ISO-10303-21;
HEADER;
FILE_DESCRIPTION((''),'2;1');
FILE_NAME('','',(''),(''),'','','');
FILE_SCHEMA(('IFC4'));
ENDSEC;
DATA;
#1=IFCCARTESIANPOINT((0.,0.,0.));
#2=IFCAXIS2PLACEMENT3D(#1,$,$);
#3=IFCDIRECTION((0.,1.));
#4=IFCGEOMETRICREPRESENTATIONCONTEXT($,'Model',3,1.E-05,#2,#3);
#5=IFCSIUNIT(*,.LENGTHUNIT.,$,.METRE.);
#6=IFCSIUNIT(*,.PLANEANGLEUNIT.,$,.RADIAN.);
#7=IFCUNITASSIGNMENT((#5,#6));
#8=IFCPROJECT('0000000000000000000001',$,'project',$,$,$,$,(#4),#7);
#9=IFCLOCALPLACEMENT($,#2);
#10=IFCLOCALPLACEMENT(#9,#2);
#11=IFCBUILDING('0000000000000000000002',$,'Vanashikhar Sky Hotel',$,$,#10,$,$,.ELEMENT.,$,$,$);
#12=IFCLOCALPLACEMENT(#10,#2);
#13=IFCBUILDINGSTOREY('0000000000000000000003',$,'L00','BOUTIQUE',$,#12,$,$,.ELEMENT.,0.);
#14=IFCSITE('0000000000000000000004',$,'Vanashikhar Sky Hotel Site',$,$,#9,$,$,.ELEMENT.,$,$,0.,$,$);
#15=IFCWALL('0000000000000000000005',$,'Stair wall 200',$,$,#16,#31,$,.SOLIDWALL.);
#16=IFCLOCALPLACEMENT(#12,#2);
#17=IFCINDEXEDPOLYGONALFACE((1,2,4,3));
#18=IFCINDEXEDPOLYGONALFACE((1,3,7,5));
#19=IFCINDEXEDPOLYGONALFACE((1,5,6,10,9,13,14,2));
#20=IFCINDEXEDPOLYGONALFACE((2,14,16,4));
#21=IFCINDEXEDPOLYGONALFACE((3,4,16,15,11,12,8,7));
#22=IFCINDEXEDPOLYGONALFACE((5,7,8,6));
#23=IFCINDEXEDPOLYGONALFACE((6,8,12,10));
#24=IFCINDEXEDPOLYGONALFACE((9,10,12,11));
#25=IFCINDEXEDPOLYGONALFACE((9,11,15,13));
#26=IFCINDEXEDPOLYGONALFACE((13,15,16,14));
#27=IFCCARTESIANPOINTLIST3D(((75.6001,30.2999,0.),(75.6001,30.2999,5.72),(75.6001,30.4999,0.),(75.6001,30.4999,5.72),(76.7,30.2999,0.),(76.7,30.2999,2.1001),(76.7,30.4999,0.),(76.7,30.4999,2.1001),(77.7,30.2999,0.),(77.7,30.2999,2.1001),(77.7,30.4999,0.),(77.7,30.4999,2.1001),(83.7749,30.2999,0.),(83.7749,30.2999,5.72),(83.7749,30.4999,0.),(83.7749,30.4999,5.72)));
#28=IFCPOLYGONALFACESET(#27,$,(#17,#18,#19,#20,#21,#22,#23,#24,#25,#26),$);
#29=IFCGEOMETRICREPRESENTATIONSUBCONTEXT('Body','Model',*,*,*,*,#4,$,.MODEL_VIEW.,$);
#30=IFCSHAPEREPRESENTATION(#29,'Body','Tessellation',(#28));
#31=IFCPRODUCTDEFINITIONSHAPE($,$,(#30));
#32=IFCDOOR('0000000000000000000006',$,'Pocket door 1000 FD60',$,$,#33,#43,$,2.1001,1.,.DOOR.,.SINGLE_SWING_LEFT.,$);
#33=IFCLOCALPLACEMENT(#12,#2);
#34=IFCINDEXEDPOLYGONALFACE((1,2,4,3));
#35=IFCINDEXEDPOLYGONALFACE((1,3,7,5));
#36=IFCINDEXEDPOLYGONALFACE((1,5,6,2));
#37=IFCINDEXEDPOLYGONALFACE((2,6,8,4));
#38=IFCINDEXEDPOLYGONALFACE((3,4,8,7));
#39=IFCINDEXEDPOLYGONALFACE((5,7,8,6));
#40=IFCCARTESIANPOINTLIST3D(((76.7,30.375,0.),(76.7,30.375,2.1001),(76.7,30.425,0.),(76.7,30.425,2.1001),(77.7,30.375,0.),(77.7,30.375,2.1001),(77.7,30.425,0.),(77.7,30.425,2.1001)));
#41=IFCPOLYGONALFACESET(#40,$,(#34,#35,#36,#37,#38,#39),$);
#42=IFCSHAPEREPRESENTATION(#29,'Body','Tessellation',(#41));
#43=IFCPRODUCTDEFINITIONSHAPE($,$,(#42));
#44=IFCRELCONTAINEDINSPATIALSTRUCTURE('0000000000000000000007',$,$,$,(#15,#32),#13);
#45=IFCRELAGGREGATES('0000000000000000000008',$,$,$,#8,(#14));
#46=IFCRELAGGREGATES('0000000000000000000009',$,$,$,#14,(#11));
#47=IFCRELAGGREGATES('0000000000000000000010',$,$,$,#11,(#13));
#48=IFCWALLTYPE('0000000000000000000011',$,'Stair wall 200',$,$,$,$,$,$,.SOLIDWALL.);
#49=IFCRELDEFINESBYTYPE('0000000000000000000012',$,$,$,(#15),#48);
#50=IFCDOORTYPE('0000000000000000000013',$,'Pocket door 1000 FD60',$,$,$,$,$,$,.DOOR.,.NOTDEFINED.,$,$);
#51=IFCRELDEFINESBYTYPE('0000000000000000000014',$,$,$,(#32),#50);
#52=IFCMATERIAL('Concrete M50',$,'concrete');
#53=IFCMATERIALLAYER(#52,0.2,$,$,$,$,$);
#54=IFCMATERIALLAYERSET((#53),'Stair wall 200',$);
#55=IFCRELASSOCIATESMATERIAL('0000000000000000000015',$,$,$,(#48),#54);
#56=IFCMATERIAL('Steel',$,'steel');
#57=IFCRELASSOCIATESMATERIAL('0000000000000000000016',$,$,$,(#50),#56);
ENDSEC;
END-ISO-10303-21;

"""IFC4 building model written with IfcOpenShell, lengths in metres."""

from ifc_helpers import new_model, si_unit, direction, frame, frame_2d, origin, place, context, subcontext, project, spatial, rectangle, extrude, source, transform, mapped, material, layer, layer_set, type_object, element, fill, save


model = new_model("IFC4")

# Units and contexts
model_context = context("Model", 3, precision=1e-05, world=origin(), true_north=direction((0.0, 1.0)))
body_context = subcontext(model_context, "Body", "Model", "MODEL_VIEW")
ifc_project = project(units=[si_unit("LENGTHUNIT", "METRE"), si_unit("PLANEANGLEUNIT", "RADIAN")], contexts=[model_context])

# Site, building, storey
site_placement = place(None, origin())
site = spatial("IfcSite", under=ifc_project, at=site_placement, Name="Vanashikhar Sky Hotel Site", CompositionType="ELEMENT", RefElevation=0.0)
building_placement = place(site_placement, origin())
building = spatial("IfcBuilding", under=site, at=building_placement, Name="Vanashikhar Sky Hotel", CompositionType="ELEMENT")
storey_placement = place(building_placement, origin())
storey = spatial("IfcBuildingStorey", under=building, at=storey_placement, Name="L00", Description="BOUTIQUE", CompositionType="ELEMENT", Elevation=0.0)

# Shared definitions
ifc_material_1 = material(Name="Concrete M50", Category="concrete")

# Wall, opening, door
ifc_layer_1 = layer(ifc_material_1, 0.2)
ifc_layer_set_1 = layer_set([ifc_layer_1], Name="Stair wall 200")
wall_type_1 = type_object("IfcWallType", Name="Stair wall 200", PredefinedType="SOLIDWALL", material=ifc_layer_set_1)
shared_shape_1 = source(origin(), body_context, "Body", "SweptSolid", [
    extrude(rectangle(XDim=8.1748, YDim=0.2, at=frame_2d((4.0874, 0.0))), origin(), (0.0, 0.0, 1.0), 5.72),
])
wall_1_placement = place(storey_placement, frame((83.7749, 30.3999, 0.0), z_axis=(0.0, 0.0, 1.0), x_axis=(-1.0, 0.0, 0.0)))
wall_1 = element("IfcWall", 1, at=wall_1_placement, inside=storey, type_object=wall_type_1, Name="Stair wall 200", PredefinedType="SOLIDWALL", context=body_context, shape_type="MappedRepresentation", body=[
    mapped(shared_shape_1, transform((0.0, 0.0, 0.0), scale=1.0)),
])
shared_shape_2 = source(origin(), body_context, "Body", "SweptSolid", [
    extrude(rectangle(XDim=1.0, YDim=2.1001, at=frame_2d((0.5, 1.05))), frame((0.0, 0.1099, 0.0), z_axis=(0.0, -1.0, 0.0), x_axis=(1.0, 0.0, 0.0)), (0.0, 0.0, 1.0), 0.22),
])
opening_1_placement = place(wall_1_placement, frame((6.075, 0.0, 0.0)))
opening_1 = element("IfcOpeningElement", 2, at=opening_1_placement, cuts=wall_1, PredefinedType="OPENING", context=body_context, shape_type="MappedRepresentation", body=[
    mapped(shared_shape_2, transform((0.0, 0.0, 0.0), scale=1.0)),
])
ifc_material_2 = material(Name="Steel", Category="steel")
door_type_1 = type_object("IfcDoorType", Name="Pocket door 1000 FD60", OperationType="NOTDEFINED", PredefinedType="DOOR", material=ifc_material_2)
shared_shape_3 = source(origin(), body_context, "Body", "SweptSolid", [
    extrude(rectangle(XDim=1.0, YDim=2.1001, at=frame_2d((0.5, 1.05))), frame((0.0, 0.0249, 0.0), z_axis=(0.0, -1.0, 0.0), x_axis=(1.0, 0.0, 0.0)), (0.0, 0.0, 1.0), 0.05),
])
door_1_placement = place(opening_1_placement, origin())
door_1 = element("IfcDoor", 3, at=door_1_placement, inside=storey, type_object=door_type_1, Name="Pocket door 1000 FD60", OperationType="SINGLE_SWING_LEFT", OverallHeight=2.1001, OverallWidth=1.0, PredefinedType="DOOR", context=body_context, shape_type="MappedRepresentation", body=[
    mapped(shared_shape_3, transform((0.0, 0.0, 0.0), scale=1.0)),
])
fill(opening_1, door_1)

save(model, "model.ifc")
